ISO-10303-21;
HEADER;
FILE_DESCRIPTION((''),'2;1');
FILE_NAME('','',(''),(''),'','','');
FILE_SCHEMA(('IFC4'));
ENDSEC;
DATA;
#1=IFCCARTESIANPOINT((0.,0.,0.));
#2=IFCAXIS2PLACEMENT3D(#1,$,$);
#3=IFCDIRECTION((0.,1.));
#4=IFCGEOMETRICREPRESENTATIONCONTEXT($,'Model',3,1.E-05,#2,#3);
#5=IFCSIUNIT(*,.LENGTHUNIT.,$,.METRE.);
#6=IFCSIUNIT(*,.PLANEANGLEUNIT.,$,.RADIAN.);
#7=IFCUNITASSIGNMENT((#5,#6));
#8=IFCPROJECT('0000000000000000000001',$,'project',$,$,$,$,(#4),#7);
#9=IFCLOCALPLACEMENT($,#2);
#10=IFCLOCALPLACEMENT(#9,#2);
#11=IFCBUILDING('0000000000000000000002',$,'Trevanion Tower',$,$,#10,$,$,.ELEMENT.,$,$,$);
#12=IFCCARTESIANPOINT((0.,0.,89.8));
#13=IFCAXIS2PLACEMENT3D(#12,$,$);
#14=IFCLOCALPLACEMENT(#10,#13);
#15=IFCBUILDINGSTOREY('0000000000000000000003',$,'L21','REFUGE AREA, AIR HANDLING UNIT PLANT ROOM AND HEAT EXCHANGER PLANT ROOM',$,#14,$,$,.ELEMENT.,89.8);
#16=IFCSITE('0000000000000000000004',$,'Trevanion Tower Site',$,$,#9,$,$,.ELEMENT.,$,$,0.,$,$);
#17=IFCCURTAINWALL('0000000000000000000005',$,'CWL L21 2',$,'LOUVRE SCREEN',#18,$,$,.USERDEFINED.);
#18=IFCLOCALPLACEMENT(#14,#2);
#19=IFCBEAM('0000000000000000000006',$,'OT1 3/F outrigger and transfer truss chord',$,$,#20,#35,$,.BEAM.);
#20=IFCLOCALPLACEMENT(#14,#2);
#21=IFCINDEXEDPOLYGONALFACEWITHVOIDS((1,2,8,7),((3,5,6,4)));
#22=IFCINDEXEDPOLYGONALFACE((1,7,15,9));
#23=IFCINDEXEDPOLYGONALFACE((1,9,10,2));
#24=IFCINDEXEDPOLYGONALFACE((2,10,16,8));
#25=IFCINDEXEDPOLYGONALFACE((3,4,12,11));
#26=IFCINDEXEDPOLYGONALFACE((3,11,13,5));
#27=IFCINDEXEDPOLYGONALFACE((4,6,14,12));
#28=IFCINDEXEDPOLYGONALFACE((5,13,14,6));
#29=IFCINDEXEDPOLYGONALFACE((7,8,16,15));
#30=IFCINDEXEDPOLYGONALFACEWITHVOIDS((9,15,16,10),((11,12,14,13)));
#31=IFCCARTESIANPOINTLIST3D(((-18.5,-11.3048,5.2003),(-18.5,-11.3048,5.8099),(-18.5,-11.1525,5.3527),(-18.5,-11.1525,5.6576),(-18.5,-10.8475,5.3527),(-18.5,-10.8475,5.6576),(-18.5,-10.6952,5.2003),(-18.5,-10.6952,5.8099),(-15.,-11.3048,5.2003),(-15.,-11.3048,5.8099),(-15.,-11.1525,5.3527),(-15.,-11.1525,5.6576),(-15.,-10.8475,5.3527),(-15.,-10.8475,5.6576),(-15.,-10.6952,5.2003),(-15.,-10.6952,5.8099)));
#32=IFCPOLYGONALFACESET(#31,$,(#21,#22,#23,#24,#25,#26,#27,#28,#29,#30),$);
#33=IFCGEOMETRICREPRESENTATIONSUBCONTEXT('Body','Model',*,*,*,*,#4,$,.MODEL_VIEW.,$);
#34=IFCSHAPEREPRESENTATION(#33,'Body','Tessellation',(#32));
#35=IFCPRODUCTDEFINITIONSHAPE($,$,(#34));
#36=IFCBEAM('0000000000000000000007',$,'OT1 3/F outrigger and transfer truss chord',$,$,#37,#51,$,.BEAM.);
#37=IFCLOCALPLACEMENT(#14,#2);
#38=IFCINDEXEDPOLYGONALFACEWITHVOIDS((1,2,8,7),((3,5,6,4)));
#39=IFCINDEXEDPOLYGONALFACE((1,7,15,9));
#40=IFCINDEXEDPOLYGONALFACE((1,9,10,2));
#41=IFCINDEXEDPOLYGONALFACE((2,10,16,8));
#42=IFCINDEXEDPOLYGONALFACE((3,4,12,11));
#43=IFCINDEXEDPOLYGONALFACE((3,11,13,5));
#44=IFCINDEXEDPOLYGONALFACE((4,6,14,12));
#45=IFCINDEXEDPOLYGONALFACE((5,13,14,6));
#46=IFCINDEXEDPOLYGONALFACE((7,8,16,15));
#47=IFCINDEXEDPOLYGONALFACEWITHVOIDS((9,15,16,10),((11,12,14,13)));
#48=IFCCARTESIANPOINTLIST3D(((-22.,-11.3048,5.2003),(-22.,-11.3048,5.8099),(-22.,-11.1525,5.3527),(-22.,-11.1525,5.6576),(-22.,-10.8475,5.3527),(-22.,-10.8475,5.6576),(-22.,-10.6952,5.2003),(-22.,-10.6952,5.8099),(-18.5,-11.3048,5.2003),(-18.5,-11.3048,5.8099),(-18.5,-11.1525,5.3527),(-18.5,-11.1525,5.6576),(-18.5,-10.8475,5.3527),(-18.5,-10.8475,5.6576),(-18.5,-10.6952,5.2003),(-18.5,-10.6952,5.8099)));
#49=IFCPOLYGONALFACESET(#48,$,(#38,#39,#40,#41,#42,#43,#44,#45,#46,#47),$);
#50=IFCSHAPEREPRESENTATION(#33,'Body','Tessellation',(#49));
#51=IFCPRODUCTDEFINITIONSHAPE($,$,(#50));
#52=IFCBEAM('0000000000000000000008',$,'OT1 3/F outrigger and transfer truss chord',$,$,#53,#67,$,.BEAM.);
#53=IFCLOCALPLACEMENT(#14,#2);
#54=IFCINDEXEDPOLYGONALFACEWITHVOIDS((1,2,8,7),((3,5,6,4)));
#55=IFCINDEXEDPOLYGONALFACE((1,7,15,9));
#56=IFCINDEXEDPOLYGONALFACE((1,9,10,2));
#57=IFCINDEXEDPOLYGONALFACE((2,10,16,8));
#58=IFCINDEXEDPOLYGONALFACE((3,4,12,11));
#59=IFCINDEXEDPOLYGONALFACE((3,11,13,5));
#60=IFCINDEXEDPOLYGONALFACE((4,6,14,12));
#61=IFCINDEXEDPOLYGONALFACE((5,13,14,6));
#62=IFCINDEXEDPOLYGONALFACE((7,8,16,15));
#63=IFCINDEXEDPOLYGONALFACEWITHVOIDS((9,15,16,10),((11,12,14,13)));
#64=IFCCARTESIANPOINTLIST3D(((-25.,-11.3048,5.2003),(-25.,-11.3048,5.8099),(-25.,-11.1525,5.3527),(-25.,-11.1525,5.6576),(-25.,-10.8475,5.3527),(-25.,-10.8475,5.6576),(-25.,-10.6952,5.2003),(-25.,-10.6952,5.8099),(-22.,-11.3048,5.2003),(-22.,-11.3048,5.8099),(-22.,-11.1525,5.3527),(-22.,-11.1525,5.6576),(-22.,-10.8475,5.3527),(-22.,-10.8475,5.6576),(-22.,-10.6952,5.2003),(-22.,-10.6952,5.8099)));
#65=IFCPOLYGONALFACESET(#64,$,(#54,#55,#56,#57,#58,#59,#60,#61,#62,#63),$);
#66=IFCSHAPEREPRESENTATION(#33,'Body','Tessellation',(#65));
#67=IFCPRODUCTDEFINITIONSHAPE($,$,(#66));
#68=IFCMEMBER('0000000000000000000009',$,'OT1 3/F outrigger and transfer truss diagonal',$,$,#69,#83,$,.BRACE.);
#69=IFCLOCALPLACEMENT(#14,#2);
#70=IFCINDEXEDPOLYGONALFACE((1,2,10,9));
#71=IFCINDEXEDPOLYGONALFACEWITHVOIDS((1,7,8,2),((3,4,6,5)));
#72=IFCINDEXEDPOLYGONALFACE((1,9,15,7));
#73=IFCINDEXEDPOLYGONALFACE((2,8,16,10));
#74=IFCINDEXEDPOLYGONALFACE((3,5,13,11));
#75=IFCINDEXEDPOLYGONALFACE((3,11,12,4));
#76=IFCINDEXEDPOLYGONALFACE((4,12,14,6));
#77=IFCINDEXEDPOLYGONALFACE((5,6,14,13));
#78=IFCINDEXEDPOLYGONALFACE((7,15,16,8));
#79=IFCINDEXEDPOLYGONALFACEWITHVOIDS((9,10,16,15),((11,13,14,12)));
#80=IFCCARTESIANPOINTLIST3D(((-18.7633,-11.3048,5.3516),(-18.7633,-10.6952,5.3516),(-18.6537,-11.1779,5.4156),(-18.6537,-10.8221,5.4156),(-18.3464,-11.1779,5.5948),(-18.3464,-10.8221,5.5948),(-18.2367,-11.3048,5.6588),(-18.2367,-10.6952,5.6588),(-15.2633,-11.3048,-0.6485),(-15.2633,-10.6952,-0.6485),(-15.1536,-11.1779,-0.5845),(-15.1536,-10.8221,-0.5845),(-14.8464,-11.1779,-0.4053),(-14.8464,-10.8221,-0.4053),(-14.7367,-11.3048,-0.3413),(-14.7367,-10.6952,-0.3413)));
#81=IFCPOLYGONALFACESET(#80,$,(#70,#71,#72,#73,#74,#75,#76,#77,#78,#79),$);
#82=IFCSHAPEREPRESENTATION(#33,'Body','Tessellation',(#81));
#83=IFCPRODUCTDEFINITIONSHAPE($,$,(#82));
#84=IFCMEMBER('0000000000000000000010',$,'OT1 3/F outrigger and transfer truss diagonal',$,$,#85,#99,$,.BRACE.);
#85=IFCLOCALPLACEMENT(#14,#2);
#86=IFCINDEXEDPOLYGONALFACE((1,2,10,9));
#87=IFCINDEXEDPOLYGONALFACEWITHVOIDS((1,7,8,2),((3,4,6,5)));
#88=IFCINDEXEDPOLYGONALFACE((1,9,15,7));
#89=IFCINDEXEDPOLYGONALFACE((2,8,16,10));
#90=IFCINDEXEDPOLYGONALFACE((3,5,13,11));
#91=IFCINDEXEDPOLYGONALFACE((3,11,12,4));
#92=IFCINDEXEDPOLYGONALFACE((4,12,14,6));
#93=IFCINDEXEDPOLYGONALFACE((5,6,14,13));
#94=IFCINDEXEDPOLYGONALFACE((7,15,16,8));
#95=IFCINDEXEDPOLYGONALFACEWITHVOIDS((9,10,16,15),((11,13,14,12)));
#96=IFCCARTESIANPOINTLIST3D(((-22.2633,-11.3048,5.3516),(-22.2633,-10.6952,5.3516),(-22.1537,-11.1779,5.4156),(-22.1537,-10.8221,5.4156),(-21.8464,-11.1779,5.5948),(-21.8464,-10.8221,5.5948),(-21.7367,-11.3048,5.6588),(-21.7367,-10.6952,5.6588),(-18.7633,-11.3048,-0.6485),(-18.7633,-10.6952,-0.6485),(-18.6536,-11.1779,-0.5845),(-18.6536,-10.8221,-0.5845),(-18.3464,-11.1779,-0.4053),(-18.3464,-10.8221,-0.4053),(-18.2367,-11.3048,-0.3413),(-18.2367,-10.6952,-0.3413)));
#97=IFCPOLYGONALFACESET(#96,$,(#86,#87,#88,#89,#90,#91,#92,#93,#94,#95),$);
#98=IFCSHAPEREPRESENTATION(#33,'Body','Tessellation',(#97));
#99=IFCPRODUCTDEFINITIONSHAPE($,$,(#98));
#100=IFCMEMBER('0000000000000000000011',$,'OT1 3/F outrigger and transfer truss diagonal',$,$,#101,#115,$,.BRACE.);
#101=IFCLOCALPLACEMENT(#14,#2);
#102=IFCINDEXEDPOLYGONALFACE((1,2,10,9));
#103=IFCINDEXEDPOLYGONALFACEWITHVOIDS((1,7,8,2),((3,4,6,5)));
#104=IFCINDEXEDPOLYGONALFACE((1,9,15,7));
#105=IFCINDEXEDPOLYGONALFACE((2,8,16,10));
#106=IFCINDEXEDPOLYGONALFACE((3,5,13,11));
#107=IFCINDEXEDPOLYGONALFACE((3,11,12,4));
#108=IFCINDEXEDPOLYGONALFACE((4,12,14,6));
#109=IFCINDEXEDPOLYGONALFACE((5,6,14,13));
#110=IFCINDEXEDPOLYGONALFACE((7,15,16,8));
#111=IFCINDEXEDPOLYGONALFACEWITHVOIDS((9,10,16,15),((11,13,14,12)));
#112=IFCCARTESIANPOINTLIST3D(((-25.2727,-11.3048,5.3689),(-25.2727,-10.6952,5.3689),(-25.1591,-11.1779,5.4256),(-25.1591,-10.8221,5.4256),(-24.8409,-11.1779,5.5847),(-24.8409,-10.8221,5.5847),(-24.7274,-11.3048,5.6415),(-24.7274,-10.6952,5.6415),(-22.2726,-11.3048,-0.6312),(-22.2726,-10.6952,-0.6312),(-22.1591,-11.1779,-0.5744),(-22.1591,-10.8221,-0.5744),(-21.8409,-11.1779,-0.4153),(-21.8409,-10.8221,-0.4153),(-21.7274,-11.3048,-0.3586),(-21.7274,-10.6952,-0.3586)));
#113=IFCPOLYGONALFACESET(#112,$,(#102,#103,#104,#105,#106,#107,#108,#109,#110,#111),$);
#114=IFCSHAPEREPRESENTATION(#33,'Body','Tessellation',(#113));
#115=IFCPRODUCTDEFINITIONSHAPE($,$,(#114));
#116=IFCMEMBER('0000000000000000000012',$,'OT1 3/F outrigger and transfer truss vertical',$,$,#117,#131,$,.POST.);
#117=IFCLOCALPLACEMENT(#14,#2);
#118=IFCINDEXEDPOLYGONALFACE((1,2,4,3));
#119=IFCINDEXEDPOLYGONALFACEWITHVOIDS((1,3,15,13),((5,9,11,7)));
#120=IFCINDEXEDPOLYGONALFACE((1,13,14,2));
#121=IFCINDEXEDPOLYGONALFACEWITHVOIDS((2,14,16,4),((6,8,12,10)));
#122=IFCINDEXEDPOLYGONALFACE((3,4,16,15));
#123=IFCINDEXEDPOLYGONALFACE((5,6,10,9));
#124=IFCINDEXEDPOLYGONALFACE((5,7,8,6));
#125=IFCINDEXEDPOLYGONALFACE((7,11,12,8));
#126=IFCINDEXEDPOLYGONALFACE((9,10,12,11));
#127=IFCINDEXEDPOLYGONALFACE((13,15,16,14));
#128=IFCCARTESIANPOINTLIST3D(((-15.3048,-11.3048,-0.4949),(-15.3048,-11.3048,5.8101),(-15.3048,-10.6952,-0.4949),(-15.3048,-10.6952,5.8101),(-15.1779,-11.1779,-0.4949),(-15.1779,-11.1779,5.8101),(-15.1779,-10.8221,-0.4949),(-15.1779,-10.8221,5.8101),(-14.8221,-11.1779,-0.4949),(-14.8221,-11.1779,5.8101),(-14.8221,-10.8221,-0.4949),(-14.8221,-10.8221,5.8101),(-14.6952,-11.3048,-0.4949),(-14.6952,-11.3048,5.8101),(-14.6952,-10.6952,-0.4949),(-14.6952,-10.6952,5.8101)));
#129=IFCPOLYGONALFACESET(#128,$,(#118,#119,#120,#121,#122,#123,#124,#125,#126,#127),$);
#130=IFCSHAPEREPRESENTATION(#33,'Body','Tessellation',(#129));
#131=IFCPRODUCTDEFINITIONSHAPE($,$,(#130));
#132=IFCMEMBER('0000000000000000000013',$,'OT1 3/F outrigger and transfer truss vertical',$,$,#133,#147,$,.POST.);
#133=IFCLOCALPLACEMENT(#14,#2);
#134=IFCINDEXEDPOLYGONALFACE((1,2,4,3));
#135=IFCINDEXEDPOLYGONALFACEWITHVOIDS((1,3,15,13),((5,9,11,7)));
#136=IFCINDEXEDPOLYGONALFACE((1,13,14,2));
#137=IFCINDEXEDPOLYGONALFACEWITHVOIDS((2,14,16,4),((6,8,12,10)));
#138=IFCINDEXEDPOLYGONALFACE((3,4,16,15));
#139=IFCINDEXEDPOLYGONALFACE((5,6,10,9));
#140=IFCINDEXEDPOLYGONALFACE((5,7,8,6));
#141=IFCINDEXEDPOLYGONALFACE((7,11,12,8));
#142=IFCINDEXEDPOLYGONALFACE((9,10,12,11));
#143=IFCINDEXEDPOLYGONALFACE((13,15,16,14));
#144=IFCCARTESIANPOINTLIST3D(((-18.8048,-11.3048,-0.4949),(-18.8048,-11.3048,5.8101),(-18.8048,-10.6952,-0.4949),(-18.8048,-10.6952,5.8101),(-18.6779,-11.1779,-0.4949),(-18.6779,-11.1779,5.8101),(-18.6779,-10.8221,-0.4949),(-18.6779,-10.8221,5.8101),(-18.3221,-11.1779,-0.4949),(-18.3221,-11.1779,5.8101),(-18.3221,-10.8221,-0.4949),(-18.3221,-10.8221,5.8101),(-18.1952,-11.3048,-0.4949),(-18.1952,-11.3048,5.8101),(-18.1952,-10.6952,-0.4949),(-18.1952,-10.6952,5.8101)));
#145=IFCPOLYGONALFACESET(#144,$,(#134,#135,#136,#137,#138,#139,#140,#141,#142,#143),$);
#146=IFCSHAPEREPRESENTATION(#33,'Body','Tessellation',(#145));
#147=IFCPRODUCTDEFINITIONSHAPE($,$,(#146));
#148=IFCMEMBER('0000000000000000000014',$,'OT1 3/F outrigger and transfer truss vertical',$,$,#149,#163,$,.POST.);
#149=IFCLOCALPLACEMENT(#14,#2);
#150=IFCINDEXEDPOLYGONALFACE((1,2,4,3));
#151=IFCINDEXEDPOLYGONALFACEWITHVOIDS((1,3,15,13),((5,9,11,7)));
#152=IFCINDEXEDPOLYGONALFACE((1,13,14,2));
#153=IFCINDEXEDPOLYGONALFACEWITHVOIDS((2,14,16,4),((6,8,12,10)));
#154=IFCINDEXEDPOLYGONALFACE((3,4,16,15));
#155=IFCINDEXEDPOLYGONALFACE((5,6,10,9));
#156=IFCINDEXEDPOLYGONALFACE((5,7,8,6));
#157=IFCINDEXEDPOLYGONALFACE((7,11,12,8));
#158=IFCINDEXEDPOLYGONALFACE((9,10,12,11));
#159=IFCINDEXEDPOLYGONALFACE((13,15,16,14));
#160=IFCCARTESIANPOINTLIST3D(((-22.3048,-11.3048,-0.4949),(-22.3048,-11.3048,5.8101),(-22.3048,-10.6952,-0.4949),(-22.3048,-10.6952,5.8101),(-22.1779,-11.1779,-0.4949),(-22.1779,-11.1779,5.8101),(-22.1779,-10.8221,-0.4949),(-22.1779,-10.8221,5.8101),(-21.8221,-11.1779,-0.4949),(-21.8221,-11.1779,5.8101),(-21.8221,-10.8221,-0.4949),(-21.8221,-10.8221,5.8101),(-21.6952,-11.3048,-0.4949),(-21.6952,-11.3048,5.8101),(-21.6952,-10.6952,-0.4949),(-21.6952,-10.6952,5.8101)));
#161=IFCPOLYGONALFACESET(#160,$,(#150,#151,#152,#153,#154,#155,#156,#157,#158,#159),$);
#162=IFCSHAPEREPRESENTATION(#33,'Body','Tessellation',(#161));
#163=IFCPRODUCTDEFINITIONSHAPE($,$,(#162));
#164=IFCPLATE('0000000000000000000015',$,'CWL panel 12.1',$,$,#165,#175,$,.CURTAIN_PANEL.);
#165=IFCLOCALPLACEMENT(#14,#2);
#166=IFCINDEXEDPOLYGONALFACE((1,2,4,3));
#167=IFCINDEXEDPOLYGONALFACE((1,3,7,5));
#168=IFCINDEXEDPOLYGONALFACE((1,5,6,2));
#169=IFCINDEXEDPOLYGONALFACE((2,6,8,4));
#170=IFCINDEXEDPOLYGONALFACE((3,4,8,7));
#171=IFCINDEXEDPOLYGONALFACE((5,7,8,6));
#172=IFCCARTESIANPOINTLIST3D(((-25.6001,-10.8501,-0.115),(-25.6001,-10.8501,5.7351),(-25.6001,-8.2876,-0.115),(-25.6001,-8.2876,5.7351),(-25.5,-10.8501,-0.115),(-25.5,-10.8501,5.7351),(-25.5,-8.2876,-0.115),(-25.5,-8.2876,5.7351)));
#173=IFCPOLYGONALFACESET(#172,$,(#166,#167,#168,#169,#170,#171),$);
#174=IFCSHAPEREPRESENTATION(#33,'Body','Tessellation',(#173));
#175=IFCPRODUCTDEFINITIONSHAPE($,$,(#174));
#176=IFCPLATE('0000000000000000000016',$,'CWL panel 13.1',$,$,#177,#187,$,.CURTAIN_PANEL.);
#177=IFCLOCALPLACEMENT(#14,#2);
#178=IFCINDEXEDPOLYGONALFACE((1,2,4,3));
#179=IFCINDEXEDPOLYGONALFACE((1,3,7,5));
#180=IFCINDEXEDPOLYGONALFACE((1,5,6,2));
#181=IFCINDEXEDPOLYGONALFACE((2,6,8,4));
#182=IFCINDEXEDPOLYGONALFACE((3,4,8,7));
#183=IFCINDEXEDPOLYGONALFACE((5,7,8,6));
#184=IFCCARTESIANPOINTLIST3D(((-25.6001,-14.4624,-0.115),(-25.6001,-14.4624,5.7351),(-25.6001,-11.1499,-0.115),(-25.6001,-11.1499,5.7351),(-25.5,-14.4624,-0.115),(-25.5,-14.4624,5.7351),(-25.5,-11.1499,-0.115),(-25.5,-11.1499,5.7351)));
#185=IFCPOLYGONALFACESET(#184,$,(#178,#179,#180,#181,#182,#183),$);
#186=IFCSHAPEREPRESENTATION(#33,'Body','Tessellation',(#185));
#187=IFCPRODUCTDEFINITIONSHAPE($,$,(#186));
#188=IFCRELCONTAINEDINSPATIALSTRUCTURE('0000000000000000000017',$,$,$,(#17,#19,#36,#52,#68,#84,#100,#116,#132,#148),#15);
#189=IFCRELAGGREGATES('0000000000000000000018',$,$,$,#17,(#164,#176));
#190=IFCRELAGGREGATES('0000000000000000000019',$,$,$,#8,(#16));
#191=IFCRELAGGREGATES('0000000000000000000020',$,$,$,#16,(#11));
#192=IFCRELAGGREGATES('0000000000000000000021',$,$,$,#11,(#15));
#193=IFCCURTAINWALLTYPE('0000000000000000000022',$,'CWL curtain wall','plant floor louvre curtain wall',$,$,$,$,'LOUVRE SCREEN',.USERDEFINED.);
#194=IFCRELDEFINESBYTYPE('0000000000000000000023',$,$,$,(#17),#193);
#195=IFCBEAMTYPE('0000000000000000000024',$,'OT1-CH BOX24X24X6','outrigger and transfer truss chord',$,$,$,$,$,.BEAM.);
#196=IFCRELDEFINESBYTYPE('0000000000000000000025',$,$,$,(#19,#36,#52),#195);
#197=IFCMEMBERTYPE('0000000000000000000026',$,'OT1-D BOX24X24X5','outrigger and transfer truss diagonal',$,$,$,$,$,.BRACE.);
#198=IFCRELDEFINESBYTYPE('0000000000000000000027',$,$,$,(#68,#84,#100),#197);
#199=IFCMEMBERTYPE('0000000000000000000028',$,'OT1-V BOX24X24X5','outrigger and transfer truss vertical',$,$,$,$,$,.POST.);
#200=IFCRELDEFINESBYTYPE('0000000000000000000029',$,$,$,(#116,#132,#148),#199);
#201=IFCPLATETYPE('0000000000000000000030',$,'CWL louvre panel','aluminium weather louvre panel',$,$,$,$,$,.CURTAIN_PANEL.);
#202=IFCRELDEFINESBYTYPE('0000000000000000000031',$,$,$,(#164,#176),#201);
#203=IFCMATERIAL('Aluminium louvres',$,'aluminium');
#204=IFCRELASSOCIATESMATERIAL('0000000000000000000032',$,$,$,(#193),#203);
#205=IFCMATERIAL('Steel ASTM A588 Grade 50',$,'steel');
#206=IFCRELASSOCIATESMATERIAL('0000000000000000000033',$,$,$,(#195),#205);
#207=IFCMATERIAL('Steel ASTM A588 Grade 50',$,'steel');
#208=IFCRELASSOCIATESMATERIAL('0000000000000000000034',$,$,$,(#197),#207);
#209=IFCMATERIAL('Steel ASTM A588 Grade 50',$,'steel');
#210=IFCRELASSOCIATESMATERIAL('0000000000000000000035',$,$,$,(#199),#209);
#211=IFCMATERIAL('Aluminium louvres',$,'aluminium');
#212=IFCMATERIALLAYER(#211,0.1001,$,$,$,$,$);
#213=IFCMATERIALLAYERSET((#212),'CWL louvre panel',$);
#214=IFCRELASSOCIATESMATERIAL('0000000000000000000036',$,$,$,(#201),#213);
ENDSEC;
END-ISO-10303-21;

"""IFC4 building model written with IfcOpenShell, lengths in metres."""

from ifc_helpers import new_model, si_unit, direction, frame, origin, origin_2d, place, context, subcontext, project, spatial, rectangle, hollow_rectangle, extrude, material, layer, layer_set, material_profile, profile_set, type_object, element, aggregate, save


model = new_model("IFC4")

# Units and contexts
model_context = context("Model", 3, precision=1e-05, world=origin(), true_north=direction((0.0, 1.0)))
body_context = subcontext(model_context, "Body", "Model", "MODEL_VIEW")
ifc_project = project(units=[si_unit("LENGTHUNIT", "METRE"), si_unit("PLANEANGLEUNIT", "RADIAN")], contexts=[model_context])

# Site, building, storey
site_placement = place(None, origin())
site = spatial("IfcSite", under=ifc_project, at=site_placement, Name="Trevanion Tower Site", CompositionType="ELEMENT", RefElevation=0.0)
building_placement = place(site_placement, origin())
building = spatial("IfcBuilding", under=site, at=building_placement, Name="Trevanion Tower", CompositionType="ELEMENT")
storey_placement = place(building_placement, frame((0.0, 0.0, 89.8)))
storey = spatial("IfcBuildingStorey", under=building, at=storey_placement, Name="L21", Description="REFUGE AREA, AIR HANDLING UNIT PLANT ROOM AND HEAT EXCHANGER PLANT ROOM", CompositionType="ELEMENT", Elevation=89.8)

# Curtain wall
ifc_material_1 = material(Name="Aluminium louvres", Category="aluminium")
curtain_wall_type = type_object("IfcCurtainWallType", Name="CWL curtain wall", Description="plant floor louvre curtain wall", ElementType="LOUVRE SCREEN", PredefinedType="USERDEFINED", material=ifc_material_1)
curtain_wall_placement = place(storey_placement, origin())
curtain_wall = element("IfcCurtainWall", 1, at=curtain_wall_placement, inside=storey, type_object=curtain_wall_type, Name="CWL L21 2", ObjectType="LOUVRE SCREEN", PredefinedType="USERDEFINED")

# Beams
ifc_material_2 = material(Name="Steel ASTM A588 Grade 50", Category="steel")
ifc_material_profile_1 = material_profile(ifc_material_2, hollow_rectangle(XDim=0.6096, YDim=0.6096, WallThickness=0.1523, at=origin_2d()), Name="BOX24X24X6")
ifc_profile_set_1 = profile_set([ifc_material_profile_1], Name="Steel ASTM A588 Grade 50")
beam_type_1 = type_object("IfcBeamType", Name="OT1-CH BOX24X24X6", Description="outrigger and transfer truss chord", PredefinedType="BEAM", material=ifc_profile_set_1)
for number, where, z_axis, x_axis, name in (
    (2, (-15.0, -11.0, 5.5051), (-1.0, 0.0, 0.0), (0.0, -1.0, 0.0), "OT1 3/F outrigger and transfer truss chord"),
    (3, (-18.5, -11.0, 5.5051), (-1.0, 0.0, 0.0), (0.0, -1.0, 0.0), "OT1 3/F outrigger and transfer truss chord"),
):
    element("IfcBeam", number, at=place(storey_placement, frame(where, z_axis=z_axis, x_axis=x_axis)), inside=storey, type_object=beam_type_1, Name=name, PredefinedType="BEAM", context=body_context, shape_type="SweptSolid", body=[
        extrude(hollow_rectangle(XDim=0.6096, YDim=0.6096, WallThickness=0.1523, at=origin_2d()), origin(), (0.0, 0.0, 1.0), 3.5),
    ])
beam_placement = place(storey_placement, frame((-22.0, -11.0, 5.5051), z_axis=(-1.0, 0.0, 0.0), x_axis=(0.0, -1.0, 0.0)))
element("IfcBeam", 4, at=beam_placement, inside=storey, type_object=beam_type_1, Name="OT1 3/F outrigger and transfer truss chord", PredefinedType="BEAM", context=body_context, shape_type="SweptSolid", body=[
    extrude(hollow_rectangle(XDim=0.6096, YDim=0.6096, WallThickness=0.1523, at=origin_2d()), origin(), (0.0, 0.0, 1.0), 3.0),
])

# Members
ifc_material_3 = material(Name="Steel ASTM A588 Grade 50", Category="steel")
ifc_material_profile_2 = material_profile(ifc_material_3, hollow_rectangle(XDim=0.6096, YDim=0.6096, WallThickness=0.127, at=origin_2d()), Name="BOX24X24X5")
ifc_profile_set_2 = profile_set([ifc_material_profile_2], Name="Steel ASTM A588 Grade 50")
member_type_1 = type_object("IfcMemberType", Name="OT1-D BOX24X24X5", Description="outrigger and transfer truss diagonal", PredefinedType="BRACE", material=ifc_profile_set_2)
for number, where, z_axis, x_axis, name in (
    (5, (-15.0, -11.0, -0.4949), (-0.503871, 0.0, 0.863779), (0.0, -1.0, 0.0), "OT1 3/F outrigger and transfer truss diagonal"),
    (6, (-18.5, -11.0, -0.4949), (-0.503871, 0.0, 0.863779), (0.0, -1.0, 0.0), "OT1 3/F outrigger and transfer truss diagonal"),
):
    element("IfcMember", number, at=place(storey_placement, frame(where, z_axis=z_axis, x_axis=x_axis)), inside=storey, type_object=member_type_1, Name=name, PredefinedType="BRACE", context=body_context, shape_type="SweptSolid", body=[
        extrude(hollow_rectangle(XDim=0.6096, YDim=0.6096, WallThickness=0.127, at=origin_2d()), origin(), (0.0, 0.0, 1.0), 6.9463),
    ])
member_1_placement = place(storey_placement, frame((-22.0, -11.0, -0.4949), z_axis=(-0.447214, 0.0, 0.894427), x_axis=(0.0, -1.0, 0.0)))
element("IfcMember", 7, at=member_1_placement, inside=storey, type_object=member_type_1, Name="OT1 3/F outrigger and transfer truss diagonal", PredefinedType="BRACE", context=body_context, shape_type="SweptSolid", body=[
    extrude(hollow_rectangle(XDim=0.6096, YDim=0.6096, WallThickness=0.127, at=origin_2d()), origin(), (0.0, 0.0, 1.0), 6.7083),
])
ifc_material_4 = material(Name="Steel ASTM A588 Grade 50", Category="steel")
ifc_material_profile_3 = material_profile(ifc_material_4, hollow_rectangle(XDim=0.6096, YDim=0.6096, WallThickness=0.127, at=origin_2d()), Name="BOX24X24X5")
ifc_profile_set_3 = profile_set([ifc_material_profile_3], Name="Steel ASTM A588 Grade 50")
member_type_2 = type_object("IfcMemberType", Name="OT1-V BOX24X24X5", Description="outrigger and transfer truss vertical", PredefinedType="POST", material=ifc_profile_set_3)
for number, where, z_axis, x_axis, name in (
    (8, (-15.0, -11.0, -0.4949), (0.0, 0.0, 1.0), (1.0, 0.0, 0.0), "OT1 3/F outrigger and transfer truss vertical"),
    (9, (-18.5, -11.0, -0.4949), (0.0, 0.0, 1.0), (1.0, 0.0, 0.0), "OT1 3/F outrigger and transfer truss vertical"),
    (10, (-22.0, -11.0, -0.4949), (0.0, 0.0, 1.0), (1.0, 0.0, 0.0), "OT1 3/F outrigger and transfer truss vertical"),
):
    element("IfcMember", number, at=place(storey_placement, frame(where, z_axis=z_axis, x_axis=x_axis)), inside=storey, type_object=member_type_2, Name=name, PredefinedType="POST", context=body_context, shape_type="SweptSolid", body=[
        extrude(hollow_rectangle(XDim=0.6096, YDim=0.6096, WallThickness=0.127, at=origin_2d()), origin(), (0.0, 0.0, 1.0), 6.3049),
    ])

# Plates
ifc_material_5 = material(Name="Aluminium louvres", Category="aluminium")
ifc_layer = layer(ifc_material_5, 0.1001)
ifc_layer_set = layer_set([ifc_layer], Name="CWL louvre panel")
plate_type = type_object("IfcPlateType", Name="CWL louvre panel", Description="aluminium weather louvre panel", PredefinedType="CURTAIN_PANEL", material=ifc_layer_set)
plate_1_placement = place(storey_placement, frame((-25.55, -9.5688, -0.115), z_axis=(0.0, 0.0, 1.0), x_axis=(0.0, -1.0, 0.0)))
plate_1 = element("IfcPlate", 11, at=plate_1_placement, type_object=plate_type, Name="CWL panel 12.1", PredefinedType="CURTAIN_PANEL", context=body_context, shape_type="SweptSolid", body=[
    extrude(rectangle(XDim=2.5625, YDim=0.1001, at=origin_2d()), origin(), (0.0, 0.0, 1.0), 5.8501),
])
plate_2_placement = place(storey_placement, frame((-25.55, -12.8062, -0.115), z_axis=(0.0, 0.0, 1.0), x_axis=(0.0, -1.0, 0.0)))
plate_2 = element("IfcPlate", 12, at=plate_2_placement, type_object=plate_type, Name="CWL panel 13.1", PredefinedType="CURTAIN_PANEL", context=body_context, shape_type="SweptSolid", body=[
    extrude(rectangle(XDim=3.3125, YDim=0.1001, at=origin_2d()), origin(), (0.0, 0.0, 1.0), 5.8501),
])
aggregate(curtain_wall, [plate_1, plate_2])

save(model, "model.ifc")
